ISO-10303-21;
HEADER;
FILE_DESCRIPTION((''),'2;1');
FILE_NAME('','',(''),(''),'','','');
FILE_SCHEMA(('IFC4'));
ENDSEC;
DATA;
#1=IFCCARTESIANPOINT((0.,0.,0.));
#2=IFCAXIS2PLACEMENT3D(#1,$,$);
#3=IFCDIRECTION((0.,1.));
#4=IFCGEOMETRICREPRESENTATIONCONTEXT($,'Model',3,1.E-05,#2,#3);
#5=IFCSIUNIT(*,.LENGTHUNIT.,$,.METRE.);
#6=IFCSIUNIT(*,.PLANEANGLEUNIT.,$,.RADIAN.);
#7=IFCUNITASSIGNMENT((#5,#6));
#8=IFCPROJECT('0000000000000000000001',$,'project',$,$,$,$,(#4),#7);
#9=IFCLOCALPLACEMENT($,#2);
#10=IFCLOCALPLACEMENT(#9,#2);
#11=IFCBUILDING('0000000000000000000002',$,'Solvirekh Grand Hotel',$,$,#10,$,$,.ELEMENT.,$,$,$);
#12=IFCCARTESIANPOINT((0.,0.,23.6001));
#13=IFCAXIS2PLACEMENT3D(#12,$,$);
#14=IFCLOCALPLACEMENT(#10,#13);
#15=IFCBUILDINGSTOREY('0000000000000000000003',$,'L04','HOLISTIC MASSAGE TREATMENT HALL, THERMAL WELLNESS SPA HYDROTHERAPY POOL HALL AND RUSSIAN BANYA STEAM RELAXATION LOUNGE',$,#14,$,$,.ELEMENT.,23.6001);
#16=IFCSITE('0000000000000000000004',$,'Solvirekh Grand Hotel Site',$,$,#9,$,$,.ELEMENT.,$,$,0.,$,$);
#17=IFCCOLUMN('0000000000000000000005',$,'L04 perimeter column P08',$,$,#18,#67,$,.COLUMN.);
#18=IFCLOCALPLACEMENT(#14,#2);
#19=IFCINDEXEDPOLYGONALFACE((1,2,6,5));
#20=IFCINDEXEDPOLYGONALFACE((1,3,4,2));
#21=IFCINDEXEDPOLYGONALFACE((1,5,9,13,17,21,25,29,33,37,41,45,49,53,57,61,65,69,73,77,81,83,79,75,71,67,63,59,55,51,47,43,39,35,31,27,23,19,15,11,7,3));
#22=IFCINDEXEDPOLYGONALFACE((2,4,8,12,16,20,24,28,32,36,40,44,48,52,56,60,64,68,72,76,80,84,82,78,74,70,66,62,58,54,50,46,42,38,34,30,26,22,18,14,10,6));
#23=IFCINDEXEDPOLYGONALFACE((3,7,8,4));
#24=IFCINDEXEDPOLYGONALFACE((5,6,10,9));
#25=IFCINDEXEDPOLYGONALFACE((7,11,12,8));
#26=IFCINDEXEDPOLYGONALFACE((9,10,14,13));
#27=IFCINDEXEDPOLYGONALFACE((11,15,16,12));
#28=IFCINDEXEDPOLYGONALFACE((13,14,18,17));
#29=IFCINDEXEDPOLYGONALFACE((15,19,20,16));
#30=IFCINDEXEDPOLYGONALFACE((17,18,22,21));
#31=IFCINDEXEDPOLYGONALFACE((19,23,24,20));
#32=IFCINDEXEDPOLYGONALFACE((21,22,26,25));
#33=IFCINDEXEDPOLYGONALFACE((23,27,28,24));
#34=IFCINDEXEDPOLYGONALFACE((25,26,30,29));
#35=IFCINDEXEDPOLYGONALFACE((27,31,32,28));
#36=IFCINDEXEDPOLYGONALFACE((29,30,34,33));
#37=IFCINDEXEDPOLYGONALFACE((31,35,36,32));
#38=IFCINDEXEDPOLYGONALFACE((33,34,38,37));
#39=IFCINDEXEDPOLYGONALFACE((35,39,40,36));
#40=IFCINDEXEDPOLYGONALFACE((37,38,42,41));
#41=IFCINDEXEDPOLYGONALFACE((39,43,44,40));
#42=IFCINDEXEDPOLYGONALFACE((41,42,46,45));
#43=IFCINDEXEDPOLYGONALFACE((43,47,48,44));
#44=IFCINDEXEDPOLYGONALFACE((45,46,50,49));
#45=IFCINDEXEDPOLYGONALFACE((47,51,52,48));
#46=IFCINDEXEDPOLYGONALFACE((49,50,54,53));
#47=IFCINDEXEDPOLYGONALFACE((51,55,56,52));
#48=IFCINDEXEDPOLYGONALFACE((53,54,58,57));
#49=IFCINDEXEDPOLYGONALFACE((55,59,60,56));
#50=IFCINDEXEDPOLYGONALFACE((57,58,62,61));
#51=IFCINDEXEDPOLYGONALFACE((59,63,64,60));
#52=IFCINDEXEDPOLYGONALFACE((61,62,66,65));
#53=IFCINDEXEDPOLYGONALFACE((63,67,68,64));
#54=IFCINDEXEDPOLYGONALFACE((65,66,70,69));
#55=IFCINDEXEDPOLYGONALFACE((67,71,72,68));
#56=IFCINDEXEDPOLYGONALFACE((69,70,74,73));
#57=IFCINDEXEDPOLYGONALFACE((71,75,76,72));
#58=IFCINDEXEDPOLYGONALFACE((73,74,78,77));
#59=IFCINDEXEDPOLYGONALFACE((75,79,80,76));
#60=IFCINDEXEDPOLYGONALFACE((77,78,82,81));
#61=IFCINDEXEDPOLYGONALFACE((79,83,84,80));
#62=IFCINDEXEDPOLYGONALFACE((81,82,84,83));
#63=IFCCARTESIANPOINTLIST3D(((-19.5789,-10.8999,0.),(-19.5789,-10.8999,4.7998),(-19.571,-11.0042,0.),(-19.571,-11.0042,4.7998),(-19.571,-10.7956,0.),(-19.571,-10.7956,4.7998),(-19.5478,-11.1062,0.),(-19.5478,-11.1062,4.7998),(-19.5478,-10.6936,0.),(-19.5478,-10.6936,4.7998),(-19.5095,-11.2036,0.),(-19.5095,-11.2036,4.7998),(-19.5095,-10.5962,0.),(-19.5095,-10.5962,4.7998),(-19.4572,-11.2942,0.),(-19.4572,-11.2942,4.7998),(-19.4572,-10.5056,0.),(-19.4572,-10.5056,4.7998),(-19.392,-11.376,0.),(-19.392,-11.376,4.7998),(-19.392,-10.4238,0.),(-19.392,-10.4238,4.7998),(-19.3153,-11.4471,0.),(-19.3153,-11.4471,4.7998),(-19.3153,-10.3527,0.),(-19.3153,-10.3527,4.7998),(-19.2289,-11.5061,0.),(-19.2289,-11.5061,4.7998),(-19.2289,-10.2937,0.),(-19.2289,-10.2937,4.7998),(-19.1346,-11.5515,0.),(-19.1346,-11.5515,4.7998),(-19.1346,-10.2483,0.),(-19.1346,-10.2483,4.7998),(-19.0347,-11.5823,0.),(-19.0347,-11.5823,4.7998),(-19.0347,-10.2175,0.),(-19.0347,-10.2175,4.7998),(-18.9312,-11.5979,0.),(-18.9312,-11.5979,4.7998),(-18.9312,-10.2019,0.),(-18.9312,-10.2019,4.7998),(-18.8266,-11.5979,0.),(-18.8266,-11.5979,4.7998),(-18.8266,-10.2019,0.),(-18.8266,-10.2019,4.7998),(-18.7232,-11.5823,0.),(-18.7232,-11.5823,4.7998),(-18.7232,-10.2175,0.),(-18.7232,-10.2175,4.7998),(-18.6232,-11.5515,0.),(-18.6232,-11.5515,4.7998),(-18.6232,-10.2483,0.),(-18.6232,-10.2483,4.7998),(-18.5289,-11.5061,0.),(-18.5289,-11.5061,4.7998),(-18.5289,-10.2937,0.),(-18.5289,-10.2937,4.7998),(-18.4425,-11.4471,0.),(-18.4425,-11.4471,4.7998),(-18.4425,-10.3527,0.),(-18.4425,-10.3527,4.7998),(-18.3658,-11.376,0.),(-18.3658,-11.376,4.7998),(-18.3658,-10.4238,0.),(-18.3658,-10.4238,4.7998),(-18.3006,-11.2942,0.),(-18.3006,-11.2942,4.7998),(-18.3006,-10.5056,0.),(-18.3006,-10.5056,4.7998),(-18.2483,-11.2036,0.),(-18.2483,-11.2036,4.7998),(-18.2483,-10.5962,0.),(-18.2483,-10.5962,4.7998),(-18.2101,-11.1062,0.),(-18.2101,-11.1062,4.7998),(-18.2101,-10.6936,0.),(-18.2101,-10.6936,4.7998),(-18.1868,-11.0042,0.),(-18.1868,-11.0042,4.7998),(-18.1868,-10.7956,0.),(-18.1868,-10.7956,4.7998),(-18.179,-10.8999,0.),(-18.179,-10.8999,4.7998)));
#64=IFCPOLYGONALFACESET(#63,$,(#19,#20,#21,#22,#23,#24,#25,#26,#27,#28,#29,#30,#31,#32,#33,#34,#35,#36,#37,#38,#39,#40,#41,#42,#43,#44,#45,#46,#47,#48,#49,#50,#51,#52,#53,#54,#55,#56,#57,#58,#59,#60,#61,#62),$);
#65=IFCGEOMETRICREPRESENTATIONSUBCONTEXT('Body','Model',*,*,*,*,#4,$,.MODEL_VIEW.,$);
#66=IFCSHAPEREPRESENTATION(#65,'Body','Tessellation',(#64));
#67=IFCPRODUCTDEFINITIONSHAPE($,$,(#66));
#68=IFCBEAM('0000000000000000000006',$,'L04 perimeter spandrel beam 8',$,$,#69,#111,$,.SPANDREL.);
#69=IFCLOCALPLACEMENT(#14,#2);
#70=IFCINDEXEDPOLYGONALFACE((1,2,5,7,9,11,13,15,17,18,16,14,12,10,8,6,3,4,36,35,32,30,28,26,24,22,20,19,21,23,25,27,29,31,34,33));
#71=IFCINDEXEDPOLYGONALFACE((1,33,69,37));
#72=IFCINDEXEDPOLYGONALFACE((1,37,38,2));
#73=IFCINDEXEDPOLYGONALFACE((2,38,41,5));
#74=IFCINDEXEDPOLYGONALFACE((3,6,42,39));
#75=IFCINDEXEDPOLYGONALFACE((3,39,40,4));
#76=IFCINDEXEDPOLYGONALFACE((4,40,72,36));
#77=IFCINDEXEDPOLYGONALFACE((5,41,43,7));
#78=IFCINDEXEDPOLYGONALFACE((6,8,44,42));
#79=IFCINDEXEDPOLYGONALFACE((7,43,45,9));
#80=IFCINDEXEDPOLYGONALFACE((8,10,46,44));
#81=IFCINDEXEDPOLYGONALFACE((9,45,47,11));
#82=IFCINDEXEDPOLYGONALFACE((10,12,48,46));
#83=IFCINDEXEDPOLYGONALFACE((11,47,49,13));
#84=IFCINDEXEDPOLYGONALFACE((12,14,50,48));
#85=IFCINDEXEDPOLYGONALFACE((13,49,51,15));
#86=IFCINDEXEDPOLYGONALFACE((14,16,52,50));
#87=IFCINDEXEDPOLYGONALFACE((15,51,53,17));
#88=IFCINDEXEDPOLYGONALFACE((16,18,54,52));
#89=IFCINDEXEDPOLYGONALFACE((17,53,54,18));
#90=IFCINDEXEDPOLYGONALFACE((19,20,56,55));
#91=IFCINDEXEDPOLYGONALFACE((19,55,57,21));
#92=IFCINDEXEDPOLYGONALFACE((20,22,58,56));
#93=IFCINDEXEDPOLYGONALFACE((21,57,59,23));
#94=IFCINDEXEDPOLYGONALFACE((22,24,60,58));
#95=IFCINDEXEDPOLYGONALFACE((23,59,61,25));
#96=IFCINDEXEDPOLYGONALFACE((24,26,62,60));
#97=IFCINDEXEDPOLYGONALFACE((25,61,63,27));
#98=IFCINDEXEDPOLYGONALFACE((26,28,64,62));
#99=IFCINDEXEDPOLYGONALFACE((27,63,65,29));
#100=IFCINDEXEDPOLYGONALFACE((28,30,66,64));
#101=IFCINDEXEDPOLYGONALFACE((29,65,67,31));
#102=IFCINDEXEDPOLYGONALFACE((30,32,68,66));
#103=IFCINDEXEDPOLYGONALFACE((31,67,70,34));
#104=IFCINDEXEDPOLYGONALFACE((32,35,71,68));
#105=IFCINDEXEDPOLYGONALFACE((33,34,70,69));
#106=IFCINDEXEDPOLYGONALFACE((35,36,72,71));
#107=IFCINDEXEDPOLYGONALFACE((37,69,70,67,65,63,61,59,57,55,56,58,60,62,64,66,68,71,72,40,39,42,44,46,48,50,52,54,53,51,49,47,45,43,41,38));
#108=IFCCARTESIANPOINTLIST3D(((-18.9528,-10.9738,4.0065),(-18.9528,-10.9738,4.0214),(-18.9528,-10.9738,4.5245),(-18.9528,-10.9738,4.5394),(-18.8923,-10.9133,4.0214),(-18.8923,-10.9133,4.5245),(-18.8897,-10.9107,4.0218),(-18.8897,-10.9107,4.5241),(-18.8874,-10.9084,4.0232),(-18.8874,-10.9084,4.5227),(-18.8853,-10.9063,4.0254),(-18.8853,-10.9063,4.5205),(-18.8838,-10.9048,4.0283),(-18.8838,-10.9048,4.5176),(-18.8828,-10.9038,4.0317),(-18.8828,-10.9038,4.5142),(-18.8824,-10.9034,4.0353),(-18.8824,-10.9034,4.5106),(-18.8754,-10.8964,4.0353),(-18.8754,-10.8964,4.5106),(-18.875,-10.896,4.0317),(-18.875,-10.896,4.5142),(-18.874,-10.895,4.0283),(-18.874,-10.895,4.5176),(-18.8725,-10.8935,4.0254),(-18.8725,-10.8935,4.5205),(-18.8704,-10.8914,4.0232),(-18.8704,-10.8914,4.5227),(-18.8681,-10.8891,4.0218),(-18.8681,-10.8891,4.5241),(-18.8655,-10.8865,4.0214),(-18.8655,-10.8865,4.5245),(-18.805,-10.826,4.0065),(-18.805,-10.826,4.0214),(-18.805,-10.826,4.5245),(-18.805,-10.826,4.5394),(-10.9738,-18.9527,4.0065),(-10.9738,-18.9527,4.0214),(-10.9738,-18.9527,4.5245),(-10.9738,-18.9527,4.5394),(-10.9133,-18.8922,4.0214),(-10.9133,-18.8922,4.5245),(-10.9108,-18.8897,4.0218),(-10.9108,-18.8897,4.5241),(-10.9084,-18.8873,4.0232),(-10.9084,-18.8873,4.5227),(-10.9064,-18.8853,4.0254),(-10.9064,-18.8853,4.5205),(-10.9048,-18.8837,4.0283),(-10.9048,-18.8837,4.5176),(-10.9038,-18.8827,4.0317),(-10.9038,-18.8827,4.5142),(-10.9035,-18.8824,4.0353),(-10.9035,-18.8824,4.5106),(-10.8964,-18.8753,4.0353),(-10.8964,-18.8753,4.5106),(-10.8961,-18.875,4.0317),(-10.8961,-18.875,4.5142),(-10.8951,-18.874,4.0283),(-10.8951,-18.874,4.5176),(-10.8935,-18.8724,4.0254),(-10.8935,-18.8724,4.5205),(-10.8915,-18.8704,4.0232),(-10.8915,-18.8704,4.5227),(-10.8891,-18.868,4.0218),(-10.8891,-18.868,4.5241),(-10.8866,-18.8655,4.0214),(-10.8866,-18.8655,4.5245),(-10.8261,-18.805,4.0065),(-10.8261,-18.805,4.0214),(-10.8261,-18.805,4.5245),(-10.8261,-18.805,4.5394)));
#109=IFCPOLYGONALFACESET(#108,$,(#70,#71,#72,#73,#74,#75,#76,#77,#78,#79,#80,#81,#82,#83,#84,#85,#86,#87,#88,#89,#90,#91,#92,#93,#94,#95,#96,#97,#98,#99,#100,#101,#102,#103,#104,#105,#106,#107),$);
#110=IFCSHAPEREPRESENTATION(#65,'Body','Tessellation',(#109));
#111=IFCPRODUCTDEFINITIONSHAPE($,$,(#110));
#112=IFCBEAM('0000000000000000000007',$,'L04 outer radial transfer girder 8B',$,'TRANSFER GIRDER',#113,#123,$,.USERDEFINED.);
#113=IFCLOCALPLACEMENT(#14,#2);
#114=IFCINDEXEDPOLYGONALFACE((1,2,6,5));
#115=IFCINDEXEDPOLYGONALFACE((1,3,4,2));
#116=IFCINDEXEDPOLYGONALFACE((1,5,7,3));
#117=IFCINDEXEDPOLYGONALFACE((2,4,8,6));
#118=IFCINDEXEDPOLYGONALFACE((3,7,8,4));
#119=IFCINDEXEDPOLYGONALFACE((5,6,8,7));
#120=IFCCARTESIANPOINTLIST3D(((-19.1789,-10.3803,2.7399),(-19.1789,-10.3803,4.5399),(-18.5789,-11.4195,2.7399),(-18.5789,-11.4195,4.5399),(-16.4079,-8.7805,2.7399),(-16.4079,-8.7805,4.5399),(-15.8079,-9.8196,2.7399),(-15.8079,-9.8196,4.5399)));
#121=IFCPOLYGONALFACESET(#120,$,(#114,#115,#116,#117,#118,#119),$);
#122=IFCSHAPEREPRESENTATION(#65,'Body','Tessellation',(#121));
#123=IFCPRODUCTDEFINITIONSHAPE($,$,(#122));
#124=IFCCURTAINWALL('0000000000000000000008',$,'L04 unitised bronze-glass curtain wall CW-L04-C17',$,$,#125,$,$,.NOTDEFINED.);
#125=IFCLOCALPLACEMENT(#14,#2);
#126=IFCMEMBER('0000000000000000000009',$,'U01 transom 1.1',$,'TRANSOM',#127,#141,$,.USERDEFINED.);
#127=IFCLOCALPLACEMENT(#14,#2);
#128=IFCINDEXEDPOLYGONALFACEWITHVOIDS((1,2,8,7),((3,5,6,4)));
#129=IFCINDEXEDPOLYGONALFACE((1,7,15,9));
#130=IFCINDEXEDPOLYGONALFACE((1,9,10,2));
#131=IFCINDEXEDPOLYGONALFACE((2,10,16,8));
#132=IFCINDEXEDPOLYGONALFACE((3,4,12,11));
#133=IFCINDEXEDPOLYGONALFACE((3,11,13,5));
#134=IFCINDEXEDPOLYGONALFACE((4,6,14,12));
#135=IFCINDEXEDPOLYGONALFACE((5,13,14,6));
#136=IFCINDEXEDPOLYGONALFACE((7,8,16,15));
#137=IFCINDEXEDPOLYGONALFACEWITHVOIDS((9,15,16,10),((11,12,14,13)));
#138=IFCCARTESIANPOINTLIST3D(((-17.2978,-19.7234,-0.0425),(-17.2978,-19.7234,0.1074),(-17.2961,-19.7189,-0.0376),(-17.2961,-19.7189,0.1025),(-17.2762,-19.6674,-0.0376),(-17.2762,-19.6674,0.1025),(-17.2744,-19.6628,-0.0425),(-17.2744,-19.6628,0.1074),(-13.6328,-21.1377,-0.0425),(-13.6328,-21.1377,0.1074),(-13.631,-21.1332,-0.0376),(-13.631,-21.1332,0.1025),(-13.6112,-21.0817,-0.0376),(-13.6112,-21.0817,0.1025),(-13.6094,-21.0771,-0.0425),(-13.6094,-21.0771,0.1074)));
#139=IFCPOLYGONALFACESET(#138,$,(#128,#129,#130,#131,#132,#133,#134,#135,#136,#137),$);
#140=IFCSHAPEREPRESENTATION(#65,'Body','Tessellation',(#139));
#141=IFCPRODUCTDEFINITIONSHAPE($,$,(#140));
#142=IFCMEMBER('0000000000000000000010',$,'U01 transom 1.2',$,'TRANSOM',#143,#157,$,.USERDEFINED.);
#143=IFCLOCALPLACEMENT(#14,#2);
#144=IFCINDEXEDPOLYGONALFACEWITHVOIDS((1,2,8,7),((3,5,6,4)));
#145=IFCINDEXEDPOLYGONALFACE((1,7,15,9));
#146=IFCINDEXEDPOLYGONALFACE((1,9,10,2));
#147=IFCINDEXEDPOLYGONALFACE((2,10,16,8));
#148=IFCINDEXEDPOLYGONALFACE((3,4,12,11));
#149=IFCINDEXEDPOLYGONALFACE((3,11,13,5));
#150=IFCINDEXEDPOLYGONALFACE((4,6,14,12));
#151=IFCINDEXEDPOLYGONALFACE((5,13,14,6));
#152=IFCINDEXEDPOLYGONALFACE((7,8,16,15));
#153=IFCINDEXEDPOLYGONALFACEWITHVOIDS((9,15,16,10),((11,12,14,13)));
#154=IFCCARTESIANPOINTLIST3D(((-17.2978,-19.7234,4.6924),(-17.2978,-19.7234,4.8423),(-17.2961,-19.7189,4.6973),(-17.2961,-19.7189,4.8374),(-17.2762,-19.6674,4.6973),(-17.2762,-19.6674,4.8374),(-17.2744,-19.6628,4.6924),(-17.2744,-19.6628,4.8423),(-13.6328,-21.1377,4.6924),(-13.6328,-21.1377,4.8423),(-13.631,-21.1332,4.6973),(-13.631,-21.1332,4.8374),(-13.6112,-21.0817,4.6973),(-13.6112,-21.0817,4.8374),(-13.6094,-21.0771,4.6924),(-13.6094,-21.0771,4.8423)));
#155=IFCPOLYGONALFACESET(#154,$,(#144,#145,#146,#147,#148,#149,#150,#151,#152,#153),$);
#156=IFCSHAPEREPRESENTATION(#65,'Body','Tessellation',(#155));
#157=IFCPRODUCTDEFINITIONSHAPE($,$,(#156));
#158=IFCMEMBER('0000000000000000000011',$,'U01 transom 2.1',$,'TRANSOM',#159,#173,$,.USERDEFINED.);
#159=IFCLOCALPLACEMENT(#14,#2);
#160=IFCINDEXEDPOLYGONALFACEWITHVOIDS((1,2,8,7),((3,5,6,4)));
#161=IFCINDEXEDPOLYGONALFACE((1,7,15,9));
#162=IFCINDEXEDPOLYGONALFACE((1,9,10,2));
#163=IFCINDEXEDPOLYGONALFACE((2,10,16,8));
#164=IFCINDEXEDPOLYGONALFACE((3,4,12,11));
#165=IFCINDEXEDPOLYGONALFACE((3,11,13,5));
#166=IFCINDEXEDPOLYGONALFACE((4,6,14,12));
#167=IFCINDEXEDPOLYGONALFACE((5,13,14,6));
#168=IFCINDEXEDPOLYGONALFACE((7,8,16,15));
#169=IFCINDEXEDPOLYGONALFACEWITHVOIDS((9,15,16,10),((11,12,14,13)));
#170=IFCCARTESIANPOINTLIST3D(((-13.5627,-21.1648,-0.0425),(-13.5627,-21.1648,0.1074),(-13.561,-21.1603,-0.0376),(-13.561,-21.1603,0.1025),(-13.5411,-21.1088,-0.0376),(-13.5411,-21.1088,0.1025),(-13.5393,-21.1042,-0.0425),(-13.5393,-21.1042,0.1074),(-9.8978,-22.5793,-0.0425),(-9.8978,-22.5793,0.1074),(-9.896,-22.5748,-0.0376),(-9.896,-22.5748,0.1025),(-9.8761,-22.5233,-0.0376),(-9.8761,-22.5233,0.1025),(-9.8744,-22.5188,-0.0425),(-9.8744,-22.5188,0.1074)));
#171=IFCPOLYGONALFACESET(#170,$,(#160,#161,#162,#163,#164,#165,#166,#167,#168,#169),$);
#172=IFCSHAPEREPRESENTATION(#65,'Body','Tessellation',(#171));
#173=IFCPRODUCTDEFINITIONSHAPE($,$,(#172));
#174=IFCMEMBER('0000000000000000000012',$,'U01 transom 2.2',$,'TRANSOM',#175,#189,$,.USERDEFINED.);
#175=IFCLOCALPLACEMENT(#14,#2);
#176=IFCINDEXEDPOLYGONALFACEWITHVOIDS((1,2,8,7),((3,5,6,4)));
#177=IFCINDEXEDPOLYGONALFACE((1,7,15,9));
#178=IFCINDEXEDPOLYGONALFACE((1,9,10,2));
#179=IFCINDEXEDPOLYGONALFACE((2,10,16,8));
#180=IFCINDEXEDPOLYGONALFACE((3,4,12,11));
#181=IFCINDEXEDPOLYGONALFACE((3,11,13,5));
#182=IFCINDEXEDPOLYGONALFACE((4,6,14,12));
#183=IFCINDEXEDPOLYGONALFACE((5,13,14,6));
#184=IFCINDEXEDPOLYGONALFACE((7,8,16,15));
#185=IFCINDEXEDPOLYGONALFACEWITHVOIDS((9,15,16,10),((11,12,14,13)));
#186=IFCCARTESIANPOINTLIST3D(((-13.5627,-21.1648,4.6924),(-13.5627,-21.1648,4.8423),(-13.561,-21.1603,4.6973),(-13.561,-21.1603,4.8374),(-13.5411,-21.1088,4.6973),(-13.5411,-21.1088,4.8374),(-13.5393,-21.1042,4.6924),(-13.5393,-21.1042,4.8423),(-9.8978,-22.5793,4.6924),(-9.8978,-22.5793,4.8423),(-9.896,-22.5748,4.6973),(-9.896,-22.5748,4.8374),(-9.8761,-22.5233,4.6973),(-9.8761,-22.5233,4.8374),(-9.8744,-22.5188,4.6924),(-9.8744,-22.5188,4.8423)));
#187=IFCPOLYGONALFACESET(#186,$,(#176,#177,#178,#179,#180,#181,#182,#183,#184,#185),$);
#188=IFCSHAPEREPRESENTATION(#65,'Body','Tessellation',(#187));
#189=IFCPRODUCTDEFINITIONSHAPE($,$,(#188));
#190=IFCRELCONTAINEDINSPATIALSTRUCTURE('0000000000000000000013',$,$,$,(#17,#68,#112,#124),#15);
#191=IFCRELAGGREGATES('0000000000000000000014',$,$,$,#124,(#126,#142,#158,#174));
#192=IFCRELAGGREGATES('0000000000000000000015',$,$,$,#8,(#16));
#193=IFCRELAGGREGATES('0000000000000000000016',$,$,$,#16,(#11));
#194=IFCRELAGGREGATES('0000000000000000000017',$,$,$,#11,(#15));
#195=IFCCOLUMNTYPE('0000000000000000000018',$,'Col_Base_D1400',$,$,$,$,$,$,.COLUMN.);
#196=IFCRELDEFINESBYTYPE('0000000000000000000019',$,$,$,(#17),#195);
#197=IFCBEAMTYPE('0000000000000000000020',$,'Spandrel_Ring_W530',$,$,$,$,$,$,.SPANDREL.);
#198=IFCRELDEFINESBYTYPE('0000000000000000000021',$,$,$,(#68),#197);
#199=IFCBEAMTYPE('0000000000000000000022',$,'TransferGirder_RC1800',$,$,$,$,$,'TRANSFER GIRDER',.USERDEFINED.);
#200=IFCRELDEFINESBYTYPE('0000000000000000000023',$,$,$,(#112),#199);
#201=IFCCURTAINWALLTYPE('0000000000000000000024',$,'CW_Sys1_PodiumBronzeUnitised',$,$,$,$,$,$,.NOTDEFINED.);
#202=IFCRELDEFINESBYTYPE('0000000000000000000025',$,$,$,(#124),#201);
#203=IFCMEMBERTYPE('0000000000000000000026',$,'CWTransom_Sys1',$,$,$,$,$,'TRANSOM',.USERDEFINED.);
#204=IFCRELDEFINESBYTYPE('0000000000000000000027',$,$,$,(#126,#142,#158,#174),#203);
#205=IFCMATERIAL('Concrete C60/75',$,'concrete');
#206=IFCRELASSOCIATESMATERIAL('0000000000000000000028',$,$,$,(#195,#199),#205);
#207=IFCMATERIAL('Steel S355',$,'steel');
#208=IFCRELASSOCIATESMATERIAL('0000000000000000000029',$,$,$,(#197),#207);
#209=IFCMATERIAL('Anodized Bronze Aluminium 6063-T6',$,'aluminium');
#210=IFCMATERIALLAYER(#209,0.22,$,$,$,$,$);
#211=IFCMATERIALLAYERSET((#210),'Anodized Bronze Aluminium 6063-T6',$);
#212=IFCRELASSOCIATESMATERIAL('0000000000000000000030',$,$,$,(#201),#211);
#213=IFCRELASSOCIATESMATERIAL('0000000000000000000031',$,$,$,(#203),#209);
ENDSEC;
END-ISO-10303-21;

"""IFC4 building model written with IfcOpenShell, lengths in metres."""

from ifc_helpers import new_model, si_unit, direction, frame, origin, origin_2d, place, context, subcontext, project, spatial, rectangle, hollow_rectangle, circle, i_section, extrude, source, transform, mapped, material, layer, layer_set, material_profile, profile_set, type_object, element, aggregate, save


model = new_model("IFC4")

# Units and contexts
model_context = context("Model", 3, precision=1e-05, world=origin(), true_north=direction((0.0, 1.0)))
body_context = subcontext(model_context, "Body", "Model", "MODEL_VIEW")
ifc_project = project(units=[si_unit("LENGTHUNIT", "METRE"), si_unit("PLANEANGLEUNIT", "RADIAN")], contexts=[model_context])

# Site, building, storey
site_placement = place(None, origin())
site = spatial("IfcSite", under=ifc_project, at=site_placement, Name="Solvirekh Grand Hotel Site", CompositionType="ELEMENT", RefElevation=0.0)
building_placement = place(site_placement, origin())
building = spatial("IfcBuilding", under=site, at=building_placement, Name="Solvirekh Grand Hotel", CompositionType="ELEMENT")
storey_placement = place(building_placement, frame((0.0, 0.0, 23.6001)))
storey = spatial("IfcBuildingStorey", under=building, at=storey_placement, Name="L04", Description="HOLISTIC MASSAGE TREATMENT HALL, THERMAL WELLNESS SPA HYDROTHERAPY POOL HALL AND RUSSIAN BANYA STEAM RELAXATION LOUNGE", CompositionType="ELEMENT", Elevation=23.6001)

# Column
ifc_material_1 = material(Name="Concrete C60/75", Category="concrete")
ifc_material_profile_1 = material_profile(ifc_material_1, circle(Radius=0.7, at=origin_2d()), Name="RC CIRC D1400")
ifc_profile_set_1 = profile_set([ifc_material_profile_1], Name="Concrete C60/75")
column_type = type_object("IfcColumnType", Name="Col_Base_D1400", PredefinedType="COLUMN", material=ifc_profile_set_1)
column_placement = place(storey_placement, frame((-18.8789, -10.8999, 0.0), z_axis=(0.0, 0.0, 1.0), x_axis=(1.0, 0.0, 0.0)))
element("IfcColumn", 1, at=column_placement, inside=storey, type_object=column_type, Name="L04 perimeter column P08", PredefinedType="COLUMN", context=body_context, shape_type="SweptSolid", body=[
    extrude(circle(Radius=0.7, at=origin_2d()), origin(), (0.0, 0.0, 1.0), 4.7998),
])

# Beams
ifc_material_2 = material(Name="Steel S355", Category="steel")
ifc_material_profile_2 = material_profile(ifc_material_2, i_section(OverallWidth=0.209, OverallDepth=0.533, WebThickness=0.01, FlangeThickness=0.0149, FilletRadius=0.0139, at=origin_2d()), Name="W530X92")
ifc_profile_set_2 = profile_set([ifc_material_profile_2], Name="Steel S355")
beam_type_1 = type_object("IfcBeamType", Name="Spandrel_Ring_W530", PredefinedType="SPANDREL", material=ifc_profile_set_2)
beam_1_placement = place(storey_placement, frame((-18.8789, -10.8999, 4.2729), z_axis=(0.707107, -0.707107, 0.0), x_axis=(0.707107, 0.707107, 0.0)))
element("IfcBeam", 2, at=beam_1_placement, inside=storey, type_object=beam_type_1, Name="L04 perimeter spandrel beam 8", PredefinedType="SPANDREL", context=body_context, shape_type="SweptSolid", body=[
    extrude(i_section(OverallWidth=0.209, OverallDepth=0.533, WebThickness=0.01, FlangeThickness=0.0149, FilletRadius=0.0139, at=origin_2d()), origin(), (0.0, 0.0, 1.0), 11.2839),
])
ifc_material_profile_3 = material_profile(ifc_material_1, rectangle(XDim=1.2, YDim=1.8, at=origin_2d()), Name="RC GIRDER 1200X1800")
ifc_profile_set_3 = profile_set([ifc_material_profile_3], Name="Concrete C60/75")
beam_type_2 = type_object("IfcBeamType", Name="TransferGirder_RC1800", ElementType="TRANSFER GIRDER", PredefinedType="USERDEFINED", material=ifc_profile_set_3)
beam_2_placement = place(storey_placement, frame((-16.1079, -9.3, 3.6399), z_axis=(-0.866023, -0.500004, 0.0), x_axis=(0.500004, -0.866023, 0.0)))
element("IfcBeam", 3, at=beam_2_placement, inside=storey, type_object=beam_type_2, Name="L04 outer radial transfer girder 8B", ObjectType="TRANSFER GIRDER", PredefinedType="USERDEFINED", context=body_context, shape_type="SweptSolid", body=[
    extrude(rectangle(XDim=1.2, YDim=1.8, at=origin_2d()), origin(), (0.0, 0.0, 1.0), 3.1997),
])

# Curtain wall, members
ifc_material_3 = material(Name="Anodized Bronze Aluminium 6063-T6", Category="aluminium")
ifc_layer_1 = layer(ifc_material_3, 0.22)
ifc_layer_set_1 = layer_set([ifc_layer_1], Name="Anodized Bronze Aluminium 6063-T6")
curtain_wall_type = type_object("IfcCurtainWallType", Name="CW_Sys1_PodiumBronzeUnitised", PredefinedType="NOTDEFINED", material=ifc_layer_set_1)
curtain_wall_1_placement = place(storey_placement, origin())
curtain_wall_1 = element("IfcCurtainWall", 4, at=curtain_wall_1_placement, inside=storey, type_object=curtain_wall_type, Name="L04 unitised bronze-glass curtain wall CW-L04-C17", PredefinedType="NOTDEFINED")
ifc_material_profile_4 = material_profile(ifc_material_3, hollow_rectangle(XDim=0.0649, YDim=0.1499, WallThickness=0.0049, at=origin_2d()), Name="ALU RHS 150X65X5")
ifc_profile_set_4 = profile_set([ifc_material_profile_4], Name="Anodized Bronze Aluminium 6063-T6")
member_type_1 = type_object("IfcMemberType", Name="CWTransom_Sys1", ElementType="TRANSOM", PredefinedType="USERDEFINED", material=ifc_profile_set_4)
shared_shape_1 = source(origin(), body_context, "Body", "SweptSolid", [
    extrude(hollow_rectangle(XDim=0.0649, YDim=0.1499, WallThickness=0.0049, at=origin_2d()), origin(), (0.0, 0.0, 1.0), 3.9285),
])
member_1_placement = place(storey_placement, frame((-17.2861, -19.6931, 0.0325), z_axis=(0.932946, -0.360016, 0.0), x_axis=(0.360016, 0.932946, 0.0)))
member_1 = element("IfcMember", 5, at=member_1_placement, type_object=member_type_1, Name="U01 transom 1.1", ObjectType="TRANSOM", PredefinedType="USERDEFINED", context=body_context, shape_type="MappedRepresentation", body=[
    mapped(shared_shape_1, transform((0.0, 0.0, 0.0), x_axis=(1.0, 0.0, 0.0), y_axis=(0.0, 1.0, 0.0), z_axis=(0.0, 0.0, 1.0), scale=1.0)),
])
member_2_placement = place(storey_placement, frame((-17.2861, -19.6931, 4.7673), z_axis=(0.932946, -0.360016, 0.0), x_axis=(0.360016, 0.932946, 0.0)))
member_2 = element("IfcMember", 6, at=member_2_placement, type_object=member_type_1, Name="U01 transom 1.2", ObjectType="TRANSOM", PredefinedType="USERDEFINED", context=body_context, shape_type="MappedRepresentation", body=[
    mapped(shared_shape_1, transform((0.0, 0.0, 0.0), x_axis=(1.0, 0.0, 0.0), y_axis=(0.0, 1.0, 0.0), z_axis=(0.0, 0.0, 1.0), scale=1.0)),
])
member_3_placement = place(storey_placement, frame((-13.551, -21.1345, 0.0325), z_axis=(0.932925, -0.36007, 0.0), x_axis=(0.36007, 0.932925, 0.0)))
member_3 = element("IfcMember", 7, at=member_3_placement, type_object=member_type_1, Name="U01 transom 2.1", ObjectType="TRANSOM", PredefinedType="USERDEFINED", context=body_context, shape_type="MappedRepresentation", body=[
    mapped(shared_shape_1, transform((0.0, 0.0, 0.0), x_axis=(1.0, 0.0, 0.0), y_axis=(0.0, 1.0, 0.0), z_axis=(0.0, 0.0, 1.0), scale=1.0)),
])
member_4_placement = place(storey_placement, frame((-13.551, -21.1345, 4.7673), z_axis=(0.932925, -0.36007, 0.0), x_axis=(0.36007, 0.932925, 0.0)))
member_4 = element("IfcMember", 8, at=member_4_placement, type_object=member_type_1, Name="U01 transom 2.2", ObjectType="TRANSOM", PredefinedType="USERDEFINED", context=body_context, shape_type="MappedRepresentation", body=[
    mapped(shared_shape_1, transform((0.0, 0.0, 0.0), x_axis=(1.0, 0.0, 0.0), y_axis=(0.0, 1.0, 0.0), z_axis=(0.0, 0.0, 1.0), scale=1.0)),
])

aggregate(curtain_wall_1, [member_1, member_2, member_3, member_4])

save(model, "model.ifc")
